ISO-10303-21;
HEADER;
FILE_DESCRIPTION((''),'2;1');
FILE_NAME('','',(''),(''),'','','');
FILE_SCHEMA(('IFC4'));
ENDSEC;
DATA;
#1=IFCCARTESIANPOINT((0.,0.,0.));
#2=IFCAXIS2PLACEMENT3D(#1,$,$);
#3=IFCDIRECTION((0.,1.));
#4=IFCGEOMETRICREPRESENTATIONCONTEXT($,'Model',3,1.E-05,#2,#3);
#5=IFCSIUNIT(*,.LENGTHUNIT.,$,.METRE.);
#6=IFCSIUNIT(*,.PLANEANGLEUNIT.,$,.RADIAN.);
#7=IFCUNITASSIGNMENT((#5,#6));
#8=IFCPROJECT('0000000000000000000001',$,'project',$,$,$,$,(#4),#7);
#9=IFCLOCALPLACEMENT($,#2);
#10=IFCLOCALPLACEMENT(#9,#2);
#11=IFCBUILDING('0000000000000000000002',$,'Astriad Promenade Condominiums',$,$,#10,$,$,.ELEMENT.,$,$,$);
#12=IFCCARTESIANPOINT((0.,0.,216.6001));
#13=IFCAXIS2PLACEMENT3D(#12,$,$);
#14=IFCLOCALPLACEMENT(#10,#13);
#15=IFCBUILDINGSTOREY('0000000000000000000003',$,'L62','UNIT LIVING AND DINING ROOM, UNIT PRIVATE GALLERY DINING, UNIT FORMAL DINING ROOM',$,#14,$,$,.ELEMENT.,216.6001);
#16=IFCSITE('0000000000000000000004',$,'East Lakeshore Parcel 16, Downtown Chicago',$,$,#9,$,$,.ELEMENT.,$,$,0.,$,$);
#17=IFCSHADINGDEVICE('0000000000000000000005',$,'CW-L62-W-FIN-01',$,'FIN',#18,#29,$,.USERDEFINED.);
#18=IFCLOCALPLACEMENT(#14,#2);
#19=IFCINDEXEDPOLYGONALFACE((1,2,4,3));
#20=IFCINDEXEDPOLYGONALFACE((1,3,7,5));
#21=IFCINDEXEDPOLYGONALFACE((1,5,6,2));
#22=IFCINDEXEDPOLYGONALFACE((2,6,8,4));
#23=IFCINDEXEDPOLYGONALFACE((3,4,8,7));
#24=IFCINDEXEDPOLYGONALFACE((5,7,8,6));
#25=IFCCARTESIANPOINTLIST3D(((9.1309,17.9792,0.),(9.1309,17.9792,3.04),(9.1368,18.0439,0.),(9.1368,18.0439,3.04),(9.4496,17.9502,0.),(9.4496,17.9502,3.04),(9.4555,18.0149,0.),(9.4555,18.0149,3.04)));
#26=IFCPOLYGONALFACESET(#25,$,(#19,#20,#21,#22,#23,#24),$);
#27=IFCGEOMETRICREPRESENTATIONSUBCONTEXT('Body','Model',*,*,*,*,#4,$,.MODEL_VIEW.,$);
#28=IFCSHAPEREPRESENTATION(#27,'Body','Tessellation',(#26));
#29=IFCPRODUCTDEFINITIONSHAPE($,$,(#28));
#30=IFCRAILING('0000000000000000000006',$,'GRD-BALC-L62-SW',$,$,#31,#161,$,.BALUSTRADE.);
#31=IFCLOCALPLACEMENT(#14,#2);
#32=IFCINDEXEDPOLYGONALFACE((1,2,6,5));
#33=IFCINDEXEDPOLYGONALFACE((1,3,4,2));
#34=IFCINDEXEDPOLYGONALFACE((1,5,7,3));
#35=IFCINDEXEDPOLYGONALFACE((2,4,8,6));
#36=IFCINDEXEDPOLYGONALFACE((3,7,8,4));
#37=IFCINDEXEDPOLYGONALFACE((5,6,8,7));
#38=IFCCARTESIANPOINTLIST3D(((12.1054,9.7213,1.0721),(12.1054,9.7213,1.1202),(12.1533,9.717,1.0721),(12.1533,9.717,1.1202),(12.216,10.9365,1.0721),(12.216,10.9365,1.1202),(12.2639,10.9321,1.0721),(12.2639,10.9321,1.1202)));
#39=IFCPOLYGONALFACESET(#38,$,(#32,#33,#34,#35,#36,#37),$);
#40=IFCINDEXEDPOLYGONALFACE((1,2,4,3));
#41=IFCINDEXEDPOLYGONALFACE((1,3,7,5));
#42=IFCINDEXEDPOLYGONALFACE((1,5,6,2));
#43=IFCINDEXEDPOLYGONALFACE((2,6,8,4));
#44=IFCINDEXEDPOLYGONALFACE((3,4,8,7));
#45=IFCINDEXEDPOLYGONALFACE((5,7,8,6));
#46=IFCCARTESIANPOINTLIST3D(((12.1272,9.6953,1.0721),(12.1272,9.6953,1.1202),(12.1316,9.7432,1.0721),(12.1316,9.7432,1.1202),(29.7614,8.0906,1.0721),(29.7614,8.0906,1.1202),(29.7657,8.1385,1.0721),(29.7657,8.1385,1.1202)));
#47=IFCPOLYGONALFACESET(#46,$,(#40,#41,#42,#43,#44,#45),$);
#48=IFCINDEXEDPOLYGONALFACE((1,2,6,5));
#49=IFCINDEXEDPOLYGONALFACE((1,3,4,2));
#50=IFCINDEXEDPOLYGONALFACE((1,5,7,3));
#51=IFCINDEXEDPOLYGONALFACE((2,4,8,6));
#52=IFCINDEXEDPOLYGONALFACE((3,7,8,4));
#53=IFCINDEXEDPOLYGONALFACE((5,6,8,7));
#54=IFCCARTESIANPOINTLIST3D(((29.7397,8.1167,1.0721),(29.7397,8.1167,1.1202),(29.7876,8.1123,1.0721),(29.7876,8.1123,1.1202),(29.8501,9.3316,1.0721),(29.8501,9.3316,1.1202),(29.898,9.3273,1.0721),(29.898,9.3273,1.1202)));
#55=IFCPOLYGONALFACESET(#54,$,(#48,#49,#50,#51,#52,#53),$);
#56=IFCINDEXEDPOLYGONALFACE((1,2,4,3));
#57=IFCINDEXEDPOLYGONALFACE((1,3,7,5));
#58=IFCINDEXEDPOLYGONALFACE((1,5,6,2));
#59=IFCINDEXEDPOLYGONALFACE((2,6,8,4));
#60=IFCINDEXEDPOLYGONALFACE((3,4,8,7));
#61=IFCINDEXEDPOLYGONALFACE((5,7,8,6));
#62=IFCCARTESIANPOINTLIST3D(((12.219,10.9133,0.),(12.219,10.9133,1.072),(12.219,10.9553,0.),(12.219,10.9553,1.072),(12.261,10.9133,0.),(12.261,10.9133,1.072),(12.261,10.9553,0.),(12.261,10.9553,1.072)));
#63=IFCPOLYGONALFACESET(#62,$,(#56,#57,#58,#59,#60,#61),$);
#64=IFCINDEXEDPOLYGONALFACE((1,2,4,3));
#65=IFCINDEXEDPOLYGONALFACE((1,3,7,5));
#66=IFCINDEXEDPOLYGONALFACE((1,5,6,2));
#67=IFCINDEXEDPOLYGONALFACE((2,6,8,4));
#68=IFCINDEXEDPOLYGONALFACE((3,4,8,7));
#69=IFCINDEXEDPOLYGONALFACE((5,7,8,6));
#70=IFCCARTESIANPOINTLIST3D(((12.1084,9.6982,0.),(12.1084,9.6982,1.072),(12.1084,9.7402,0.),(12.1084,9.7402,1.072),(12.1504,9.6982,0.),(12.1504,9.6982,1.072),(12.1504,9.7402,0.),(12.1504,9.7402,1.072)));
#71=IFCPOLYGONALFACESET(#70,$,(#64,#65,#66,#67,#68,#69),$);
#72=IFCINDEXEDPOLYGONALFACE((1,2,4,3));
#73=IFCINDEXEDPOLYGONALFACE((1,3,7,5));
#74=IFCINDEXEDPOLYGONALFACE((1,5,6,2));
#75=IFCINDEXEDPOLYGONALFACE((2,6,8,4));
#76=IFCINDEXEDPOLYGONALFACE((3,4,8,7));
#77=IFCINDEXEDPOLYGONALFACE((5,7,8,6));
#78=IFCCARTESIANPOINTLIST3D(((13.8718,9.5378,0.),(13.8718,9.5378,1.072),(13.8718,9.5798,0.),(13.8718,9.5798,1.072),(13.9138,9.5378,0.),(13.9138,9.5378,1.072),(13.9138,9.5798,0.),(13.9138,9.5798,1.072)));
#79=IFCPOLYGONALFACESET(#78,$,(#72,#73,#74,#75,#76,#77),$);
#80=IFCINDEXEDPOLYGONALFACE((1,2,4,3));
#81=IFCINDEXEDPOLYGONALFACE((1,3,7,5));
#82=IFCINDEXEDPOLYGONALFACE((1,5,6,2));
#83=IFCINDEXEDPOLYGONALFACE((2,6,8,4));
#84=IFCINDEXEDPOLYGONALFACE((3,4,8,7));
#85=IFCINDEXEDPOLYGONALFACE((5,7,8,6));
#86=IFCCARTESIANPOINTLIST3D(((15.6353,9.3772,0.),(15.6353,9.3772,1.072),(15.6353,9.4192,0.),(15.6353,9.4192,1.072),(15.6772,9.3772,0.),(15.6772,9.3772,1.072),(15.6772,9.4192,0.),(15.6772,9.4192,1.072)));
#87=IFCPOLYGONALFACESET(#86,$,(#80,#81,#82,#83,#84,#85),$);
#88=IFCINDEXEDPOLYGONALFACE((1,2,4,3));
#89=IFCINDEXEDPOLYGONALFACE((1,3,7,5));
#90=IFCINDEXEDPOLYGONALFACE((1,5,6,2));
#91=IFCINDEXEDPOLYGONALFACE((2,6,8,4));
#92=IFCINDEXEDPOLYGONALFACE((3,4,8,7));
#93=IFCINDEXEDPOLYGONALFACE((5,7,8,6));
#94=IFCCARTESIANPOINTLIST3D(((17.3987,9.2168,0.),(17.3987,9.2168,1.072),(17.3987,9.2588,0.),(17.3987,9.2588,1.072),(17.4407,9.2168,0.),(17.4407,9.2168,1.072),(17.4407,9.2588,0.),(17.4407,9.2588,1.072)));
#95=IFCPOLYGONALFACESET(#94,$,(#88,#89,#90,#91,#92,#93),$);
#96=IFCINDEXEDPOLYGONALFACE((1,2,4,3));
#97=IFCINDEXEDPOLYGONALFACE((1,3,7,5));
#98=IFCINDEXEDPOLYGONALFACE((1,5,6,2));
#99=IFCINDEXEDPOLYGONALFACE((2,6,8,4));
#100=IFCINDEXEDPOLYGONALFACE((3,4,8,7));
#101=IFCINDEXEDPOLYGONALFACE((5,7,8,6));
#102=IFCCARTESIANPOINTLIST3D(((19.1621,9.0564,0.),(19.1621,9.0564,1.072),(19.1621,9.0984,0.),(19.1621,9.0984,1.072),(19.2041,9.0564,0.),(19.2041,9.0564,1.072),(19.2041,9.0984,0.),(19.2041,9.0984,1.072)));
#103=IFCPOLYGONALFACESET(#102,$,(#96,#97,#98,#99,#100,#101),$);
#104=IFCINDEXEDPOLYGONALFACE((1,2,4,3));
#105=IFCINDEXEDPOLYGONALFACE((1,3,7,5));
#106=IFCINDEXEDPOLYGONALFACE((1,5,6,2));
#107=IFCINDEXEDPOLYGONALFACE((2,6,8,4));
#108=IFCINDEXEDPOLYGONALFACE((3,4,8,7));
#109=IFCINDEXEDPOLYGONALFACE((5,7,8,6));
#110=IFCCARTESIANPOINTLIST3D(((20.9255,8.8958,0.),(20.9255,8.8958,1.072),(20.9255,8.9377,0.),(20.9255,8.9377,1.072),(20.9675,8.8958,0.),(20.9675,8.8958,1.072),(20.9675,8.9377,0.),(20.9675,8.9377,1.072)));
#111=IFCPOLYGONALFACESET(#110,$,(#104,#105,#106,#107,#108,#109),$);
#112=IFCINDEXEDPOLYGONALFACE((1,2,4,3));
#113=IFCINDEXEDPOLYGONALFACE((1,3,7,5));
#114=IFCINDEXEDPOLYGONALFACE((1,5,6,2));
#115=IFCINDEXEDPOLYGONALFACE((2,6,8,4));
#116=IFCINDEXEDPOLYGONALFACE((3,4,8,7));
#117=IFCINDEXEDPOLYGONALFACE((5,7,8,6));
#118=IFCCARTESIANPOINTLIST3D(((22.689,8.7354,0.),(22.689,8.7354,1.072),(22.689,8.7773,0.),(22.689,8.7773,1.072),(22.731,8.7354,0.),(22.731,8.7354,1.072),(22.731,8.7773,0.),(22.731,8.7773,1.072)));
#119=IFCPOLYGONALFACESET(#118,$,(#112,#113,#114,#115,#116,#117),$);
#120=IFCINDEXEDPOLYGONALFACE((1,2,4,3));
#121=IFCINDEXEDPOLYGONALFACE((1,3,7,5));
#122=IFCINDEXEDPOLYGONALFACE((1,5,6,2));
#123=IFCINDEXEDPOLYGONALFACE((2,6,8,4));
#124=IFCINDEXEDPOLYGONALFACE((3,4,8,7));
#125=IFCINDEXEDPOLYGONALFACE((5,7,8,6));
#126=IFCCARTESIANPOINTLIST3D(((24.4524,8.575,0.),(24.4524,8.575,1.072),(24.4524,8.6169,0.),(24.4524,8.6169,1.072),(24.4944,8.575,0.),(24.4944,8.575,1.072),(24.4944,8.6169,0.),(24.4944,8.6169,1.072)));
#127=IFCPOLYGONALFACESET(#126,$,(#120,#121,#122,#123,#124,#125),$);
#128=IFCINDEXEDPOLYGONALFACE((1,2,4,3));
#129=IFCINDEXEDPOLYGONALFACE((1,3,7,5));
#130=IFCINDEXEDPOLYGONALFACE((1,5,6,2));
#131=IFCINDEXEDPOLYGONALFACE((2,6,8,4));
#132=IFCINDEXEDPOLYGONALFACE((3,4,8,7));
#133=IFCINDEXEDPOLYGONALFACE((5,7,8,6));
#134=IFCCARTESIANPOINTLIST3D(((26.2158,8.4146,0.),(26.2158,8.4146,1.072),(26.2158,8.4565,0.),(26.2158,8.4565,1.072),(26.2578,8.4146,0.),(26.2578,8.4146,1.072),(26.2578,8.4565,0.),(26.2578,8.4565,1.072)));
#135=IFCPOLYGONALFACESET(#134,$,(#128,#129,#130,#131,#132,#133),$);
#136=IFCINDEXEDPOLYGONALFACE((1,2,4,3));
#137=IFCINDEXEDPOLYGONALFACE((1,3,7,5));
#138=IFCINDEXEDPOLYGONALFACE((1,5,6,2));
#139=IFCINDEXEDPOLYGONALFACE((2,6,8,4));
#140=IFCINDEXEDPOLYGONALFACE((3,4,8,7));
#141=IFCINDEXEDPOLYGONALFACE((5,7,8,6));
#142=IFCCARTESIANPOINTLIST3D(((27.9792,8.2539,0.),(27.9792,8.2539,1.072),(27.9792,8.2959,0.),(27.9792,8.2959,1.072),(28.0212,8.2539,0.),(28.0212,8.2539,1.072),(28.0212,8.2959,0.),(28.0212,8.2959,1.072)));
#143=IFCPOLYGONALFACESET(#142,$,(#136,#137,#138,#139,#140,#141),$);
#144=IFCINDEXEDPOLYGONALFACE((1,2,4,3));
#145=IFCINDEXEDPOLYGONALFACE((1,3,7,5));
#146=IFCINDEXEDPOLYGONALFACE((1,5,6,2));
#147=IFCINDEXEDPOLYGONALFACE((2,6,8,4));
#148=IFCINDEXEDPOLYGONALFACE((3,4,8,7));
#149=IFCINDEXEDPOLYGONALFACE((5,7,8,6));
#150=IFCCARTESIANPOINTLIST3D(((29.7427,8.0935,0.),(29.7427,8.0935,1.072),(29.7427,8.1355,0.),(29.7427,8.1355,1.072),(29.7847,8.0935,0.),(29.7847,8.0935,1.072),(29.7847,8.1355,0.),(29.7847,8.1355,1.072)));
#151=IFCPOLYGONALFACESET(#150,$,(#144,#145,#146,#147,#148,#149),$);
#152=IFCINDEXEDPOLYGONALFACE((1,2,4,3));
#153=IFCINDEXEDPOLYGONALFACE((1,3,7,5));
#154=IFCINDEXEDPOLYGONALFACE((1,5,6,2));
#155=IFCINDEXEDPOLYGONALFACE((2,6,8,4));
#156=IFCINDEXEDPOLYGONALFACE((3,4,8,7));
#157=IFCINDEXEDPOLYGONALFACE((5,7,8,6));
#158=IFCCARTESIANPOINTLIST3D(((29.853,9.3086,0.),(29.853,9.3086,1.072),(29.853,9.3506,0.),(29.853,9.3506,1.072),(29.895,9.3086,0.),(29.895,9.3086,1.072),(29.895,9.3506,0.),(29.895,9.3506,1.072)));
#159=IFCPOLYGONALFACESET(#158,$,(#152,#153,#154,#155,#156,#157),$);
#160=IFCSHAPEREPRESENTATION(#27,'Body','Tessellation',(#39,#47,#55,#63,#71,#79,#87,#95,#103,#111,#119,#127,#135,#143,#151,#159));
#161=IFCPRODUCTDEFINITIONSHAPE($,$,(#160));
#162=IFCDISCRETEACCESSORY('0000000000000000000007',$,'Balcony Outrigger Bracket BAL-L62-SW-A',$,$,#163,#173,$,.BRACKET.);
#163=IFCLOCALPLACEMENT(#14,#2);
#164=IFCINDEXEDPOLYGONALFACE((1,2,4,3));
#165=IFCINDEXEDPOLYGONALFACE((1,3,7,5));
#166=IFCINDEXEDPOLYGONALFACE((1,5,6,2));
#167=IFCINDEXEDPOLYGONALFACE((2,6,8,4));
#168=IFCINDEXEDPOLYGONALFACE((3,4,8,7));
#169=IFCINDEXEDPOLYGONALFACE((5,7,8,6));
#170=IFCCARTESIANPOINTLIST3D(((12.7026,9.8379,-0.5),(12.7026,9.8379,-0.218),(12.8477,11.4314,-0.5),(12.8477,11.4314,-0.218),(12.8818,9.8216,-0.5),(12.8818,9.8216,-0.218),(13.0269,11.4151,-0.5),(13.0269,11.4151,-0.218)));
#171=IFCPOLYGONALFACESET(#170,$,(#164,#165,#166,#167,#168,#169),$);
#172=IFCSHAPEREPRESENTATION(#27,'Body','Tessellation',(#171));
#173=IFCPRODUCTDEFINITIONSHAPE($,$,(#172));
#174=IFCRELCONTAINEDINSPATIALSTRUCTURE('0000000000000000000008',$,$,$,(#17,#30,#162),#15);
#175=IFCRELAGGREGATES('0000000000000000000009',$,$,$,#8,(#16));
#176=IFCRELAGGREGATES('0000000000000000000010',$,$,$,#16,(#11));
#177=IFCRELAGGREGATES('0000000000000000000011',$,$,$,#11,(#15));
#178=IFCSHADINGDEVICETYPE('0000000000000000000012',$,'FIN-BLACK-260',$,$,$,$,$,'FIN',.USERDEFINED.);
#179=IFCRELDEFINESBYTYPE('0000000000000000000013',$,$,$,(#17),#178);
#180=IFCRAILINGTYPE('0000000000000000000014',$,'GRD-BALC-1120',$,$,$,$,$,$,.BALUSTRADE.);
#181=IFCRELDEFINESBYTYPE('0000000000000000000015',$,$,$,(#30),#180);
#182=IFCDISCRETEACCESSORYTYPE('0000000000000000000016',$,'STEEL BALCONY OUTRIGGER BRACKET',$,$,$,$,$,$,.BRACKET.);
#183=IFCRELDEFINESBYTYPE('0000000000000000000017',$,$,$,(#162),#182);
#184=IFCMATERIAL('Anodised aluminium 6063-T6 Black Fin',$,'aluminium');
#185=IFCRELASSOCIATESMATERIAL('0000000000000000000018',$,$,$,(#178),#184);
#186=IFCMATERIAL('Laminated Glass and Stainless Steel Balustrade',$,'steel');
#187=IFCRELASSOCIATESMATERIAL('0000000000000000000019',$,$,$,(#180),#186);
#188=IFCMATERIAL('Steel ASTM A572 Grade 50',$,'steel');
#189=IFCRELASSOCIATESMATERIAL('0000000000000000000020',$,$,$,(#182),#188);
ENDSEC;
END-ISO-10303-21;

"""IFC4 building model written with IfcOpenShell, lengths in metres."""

from ifc_helpers import new_model, si_unit, direction, frame, origin, origin_2d, place, context, subcontext, project, spatial, rectangle, extrude, source, transform, mapped, material, type_object, type_shapes, element, save


model = new_model("IFC4")

# Units and contexts
model_context = context("Model", 3, precision=1e-05, world=origin(), true_north=direction((0.0, 1.0)))
body_context = subcontext(model_context, "Body", "Model", "MODEL_VIEW")
ifc_project = project(units=[si_unit("LENGTHUNIT", "METRE"), si_unit("PLANEANGLEUNIT", "RADIAN")], contexts=[model_context])

# Site, building, storey
site_placement = place(None, origin())
site = spatial("IfcSite", under=ifc_project, at=site_placement, Name="East Lakeshore Parcel 16, Downtown Chicago", CompositionType="ELEMENT", RefElevation=0.0)
building_placement = place(site_placement, origin())
building = spatial("IfcBuilding", under=site, at=building_placement, Name="Astriad Promenade Condominiums", CompositionType="ELEMENT")
storey_placement = place(building_placement, frame((0.0, 0.0, 216.6001)))
storey = spatial("IfcBuildingStorey", under=building, at=storey_placement, Name="L62", Description="UNIT LIVING AND DINING ROOM, UNIT PRIVATE GALLERY DINING, UNIT FORMAL DINING ROOM", CompositionType="ELEMENT", Elevation=216.6001)

# Shading device
ifc_material_1 = material(Name="Anodised aluminium 6063-T6 Black Fin", Category="aluminium")
shading_device_type = type_object("IfcShadingDeviceType", Name="FIN-BLACK-260", ElementType="FIN", PredefinedType="USERDEFINED", material=ifc_material_1)
shared_shape_1 = source(origin(), body_context, "Body", "SweptSolid", [
    extrude(rectangle(XDim=0.0649, YDim=0.3201, at=origin_2d()), origin(), (0.0, 0.0, 1.0), 3.04),
])
type_shapes(shading_device_type, [shared_shape_1])
shading_device_placement = place(storey_placement, frame((9.2932, 17.9971, 0.0), z_axis=(0.0, 0.0, 1.0), x_axis=(0.090633, 0.995884, 0.0)))
element("IfcShadingDevice", 1, at=shading_device_placement, inside=storey, type_object=shading_device_type, Name="CW-L62-W-FIN-01", ObjectType="FIN", PredefinedType="USERDEFINED", context=body_context, shape_type="MappedRepresentation", body=[
    mapped(shared_shape_1, transform((0.0, 0.0, 0.0), scale=1.0)),
])

# Railing
ifc_material_2 = material(Name="Laminated Glass and Stainless Steel Balustrade", Category="steel")
railing_type = type_object("IfcRailingType", Name="GRD-BALC-1120", PredefinedType="BALUSTRADE", material=ifc_material_2)
shared_shape_2 = source(origin(), body_context, "Body", "SweptSolid", [
    extrude(rectangle(XDim=0.0481, YDim=0.0481, at=origin_2d()), frame((0.0, 0.0, 1.0962), z_axis=(-0.090644, -0.995883, 0.0), x_axis=(0.995883, -0.090644, 0.0)), (0.0, 0.0, 1.0), 1.2202),
    extrude(rectangle(XDim=0.0481, YDim=0.0481, at=origin_2d()), frame((-0.1106, -1.2151, 1.0962), z_axis=(0.995885, -0.090626, 0.0), x_axis=(0.090626, 0.995885, 0.0)), (0.0, 0.0, 1.0), 17.707),
    extrude(rectangle(XDim=0.0481, YDim=0.0481, at=origin_2d()), frame((17.5237, -2.8198, 1.0962), z_axis=(0.090446, 0.995901, 0.0), x_axis=(-0.995901, 0.090446, 0.0)), (0.0, 0.0, 1.0), 1.22),
    extrude(rectangle(XDim=0.042, YDim=0.042, at=origin_2d()), origin(), (0.0, 0.0, 1.0), 1.072),
    extrude(rectangle(XDim=0.042, YDim=0.042, at=origin_2d()), frame((-0.1106, -1.2151, 0.0)), (0.0, 0.0, 1.0), 1.072),
    extrude(rectangle(XDim=0.042, YDim=0.042, at=origin_2d()), frame((1.6528, -1.3755, 0.0)), (0.0, 0.0, 1.0), 1.072),
    extrude(rectangle(XDim=0.042, YDim=0.042, at=origin_2d()), frame((3.4163, -1.5361, 0.0)), (0.0, 0.0, 1.0), 1.072),
    extrude(rectangle(XDim=0.042, YDim=0.042, at=origin_2d()), frame((5.1797, -1.6965, 0.0)), (0.0, 0.0, 1.0), 1.072),
    extrude(rectangle(XDim=0.042, YDim=0.042, at=origin_2d()), frame((6.9431, -1.8569, 0.0)), (0.0, 0.0, 1.0), 1.072),
    extrude(rectangle(XDim=0.042, YDim=0.042, at=origin_2d()), frame((8.7065, -2.0176, 0.0)), (0.0, 0.0, 1.0), 1.072),
    extrude(rectangle(XDim=0.042, YDim=0.042, at=origin_2d()), frame((10.47, -2.178, 0.0)), (0.0, 0.0, 1.0), 1.072),
    extrude(rectangle(XDim=0.042, YDim=0.042, at=origin_2d()), frame((12.2334, -2.3384, 0.0)), (0.0, 0.0, 1.0), 1.072),
    extrude(rectangle(XDim=0.042, YDim=0.042, at=origin_2d()), frame((13.9968, -2.4988, 0.0)), (0.0, 0.0, 1.0), 1.072),
    extrude(rectangle(XDim=0.042, YDim=0.042, at=origin_2d()), frame((15.7603, -2.6594, 0.0)), (0.0, 0.0, 1.0), 1.072),
    extrude(rectangle(XDim=0.042, YDim=0.042, at=origin_2d()), frame((17.5237, -2.8198, 0.0)), (0.0, 0.0, 1.0), 1.072),
    extrude(rectangle(XDim=0.042, YDim=0.042, at=origin_2d()), frame((17.634, -1.6047, 0.0)), (0.0, 0.0, 1.0), 1.072),
])
type_shapes(railing_type, [shared_shape_2])
railing_placement = place(storey_placement, frame((12.24, 10.9343, 0.0)))
element("IfcRailing", 2, at=railing_placement, inside=storey, type_object=railing_type, Name="GRD-BALC-L62-SW", PredefinedType="BALUSTRADE", context=body_context, shape_type="MappedRepresentation", body=[
    mapped(shared_shape_2, transform((0.0, 0.0, 0.0), scale=1.0)),
])

# Discrete accessory
ifc_material_3 = material(Name="Steel ASTM A572 Grade 50", Category="steel")
discrete_accessory_type = type_object("IfcDiscreteAccessoryType", Name="STEEL BALCONY OUTRIGGER BRACKET", PredefinedType="BRACKET", material=ifc_material_3)
shared_shape_3 = source(origin(), body_context, "Body", "SweptSolid", [
    extrude(rectangle(XDim=1.6001, YDim=0.1799, at=origin_2d()), origin(), (0.0, 0.0, 1.0), 0.282),
])
type_shapes(discrete_accessory_type, [shared_shape_3])
discrete_accessory_placement = place(storey_placement, frame((12.8647, 10.6265, -0.5), z_axis=(0.0, 0.0, 1.0), x_axis=(-0.090633, -0.995884, 0.0)))
element("IfcDiscreteAccessory", 3, at=discrete_accessory_placement, inside=storey, type_object=discrete_accessory_type, Name="Balcony Outrigger Bracket BAL-L62-SW-A", PredefinedType="BRACKET", context=body_context, shape_type="MappedRepresentation", body=[
    mapped(shared_shape_3, transform((0.0, 0.0, 0.0), scale=1.0)),
])

save(model, "model.ifc")
